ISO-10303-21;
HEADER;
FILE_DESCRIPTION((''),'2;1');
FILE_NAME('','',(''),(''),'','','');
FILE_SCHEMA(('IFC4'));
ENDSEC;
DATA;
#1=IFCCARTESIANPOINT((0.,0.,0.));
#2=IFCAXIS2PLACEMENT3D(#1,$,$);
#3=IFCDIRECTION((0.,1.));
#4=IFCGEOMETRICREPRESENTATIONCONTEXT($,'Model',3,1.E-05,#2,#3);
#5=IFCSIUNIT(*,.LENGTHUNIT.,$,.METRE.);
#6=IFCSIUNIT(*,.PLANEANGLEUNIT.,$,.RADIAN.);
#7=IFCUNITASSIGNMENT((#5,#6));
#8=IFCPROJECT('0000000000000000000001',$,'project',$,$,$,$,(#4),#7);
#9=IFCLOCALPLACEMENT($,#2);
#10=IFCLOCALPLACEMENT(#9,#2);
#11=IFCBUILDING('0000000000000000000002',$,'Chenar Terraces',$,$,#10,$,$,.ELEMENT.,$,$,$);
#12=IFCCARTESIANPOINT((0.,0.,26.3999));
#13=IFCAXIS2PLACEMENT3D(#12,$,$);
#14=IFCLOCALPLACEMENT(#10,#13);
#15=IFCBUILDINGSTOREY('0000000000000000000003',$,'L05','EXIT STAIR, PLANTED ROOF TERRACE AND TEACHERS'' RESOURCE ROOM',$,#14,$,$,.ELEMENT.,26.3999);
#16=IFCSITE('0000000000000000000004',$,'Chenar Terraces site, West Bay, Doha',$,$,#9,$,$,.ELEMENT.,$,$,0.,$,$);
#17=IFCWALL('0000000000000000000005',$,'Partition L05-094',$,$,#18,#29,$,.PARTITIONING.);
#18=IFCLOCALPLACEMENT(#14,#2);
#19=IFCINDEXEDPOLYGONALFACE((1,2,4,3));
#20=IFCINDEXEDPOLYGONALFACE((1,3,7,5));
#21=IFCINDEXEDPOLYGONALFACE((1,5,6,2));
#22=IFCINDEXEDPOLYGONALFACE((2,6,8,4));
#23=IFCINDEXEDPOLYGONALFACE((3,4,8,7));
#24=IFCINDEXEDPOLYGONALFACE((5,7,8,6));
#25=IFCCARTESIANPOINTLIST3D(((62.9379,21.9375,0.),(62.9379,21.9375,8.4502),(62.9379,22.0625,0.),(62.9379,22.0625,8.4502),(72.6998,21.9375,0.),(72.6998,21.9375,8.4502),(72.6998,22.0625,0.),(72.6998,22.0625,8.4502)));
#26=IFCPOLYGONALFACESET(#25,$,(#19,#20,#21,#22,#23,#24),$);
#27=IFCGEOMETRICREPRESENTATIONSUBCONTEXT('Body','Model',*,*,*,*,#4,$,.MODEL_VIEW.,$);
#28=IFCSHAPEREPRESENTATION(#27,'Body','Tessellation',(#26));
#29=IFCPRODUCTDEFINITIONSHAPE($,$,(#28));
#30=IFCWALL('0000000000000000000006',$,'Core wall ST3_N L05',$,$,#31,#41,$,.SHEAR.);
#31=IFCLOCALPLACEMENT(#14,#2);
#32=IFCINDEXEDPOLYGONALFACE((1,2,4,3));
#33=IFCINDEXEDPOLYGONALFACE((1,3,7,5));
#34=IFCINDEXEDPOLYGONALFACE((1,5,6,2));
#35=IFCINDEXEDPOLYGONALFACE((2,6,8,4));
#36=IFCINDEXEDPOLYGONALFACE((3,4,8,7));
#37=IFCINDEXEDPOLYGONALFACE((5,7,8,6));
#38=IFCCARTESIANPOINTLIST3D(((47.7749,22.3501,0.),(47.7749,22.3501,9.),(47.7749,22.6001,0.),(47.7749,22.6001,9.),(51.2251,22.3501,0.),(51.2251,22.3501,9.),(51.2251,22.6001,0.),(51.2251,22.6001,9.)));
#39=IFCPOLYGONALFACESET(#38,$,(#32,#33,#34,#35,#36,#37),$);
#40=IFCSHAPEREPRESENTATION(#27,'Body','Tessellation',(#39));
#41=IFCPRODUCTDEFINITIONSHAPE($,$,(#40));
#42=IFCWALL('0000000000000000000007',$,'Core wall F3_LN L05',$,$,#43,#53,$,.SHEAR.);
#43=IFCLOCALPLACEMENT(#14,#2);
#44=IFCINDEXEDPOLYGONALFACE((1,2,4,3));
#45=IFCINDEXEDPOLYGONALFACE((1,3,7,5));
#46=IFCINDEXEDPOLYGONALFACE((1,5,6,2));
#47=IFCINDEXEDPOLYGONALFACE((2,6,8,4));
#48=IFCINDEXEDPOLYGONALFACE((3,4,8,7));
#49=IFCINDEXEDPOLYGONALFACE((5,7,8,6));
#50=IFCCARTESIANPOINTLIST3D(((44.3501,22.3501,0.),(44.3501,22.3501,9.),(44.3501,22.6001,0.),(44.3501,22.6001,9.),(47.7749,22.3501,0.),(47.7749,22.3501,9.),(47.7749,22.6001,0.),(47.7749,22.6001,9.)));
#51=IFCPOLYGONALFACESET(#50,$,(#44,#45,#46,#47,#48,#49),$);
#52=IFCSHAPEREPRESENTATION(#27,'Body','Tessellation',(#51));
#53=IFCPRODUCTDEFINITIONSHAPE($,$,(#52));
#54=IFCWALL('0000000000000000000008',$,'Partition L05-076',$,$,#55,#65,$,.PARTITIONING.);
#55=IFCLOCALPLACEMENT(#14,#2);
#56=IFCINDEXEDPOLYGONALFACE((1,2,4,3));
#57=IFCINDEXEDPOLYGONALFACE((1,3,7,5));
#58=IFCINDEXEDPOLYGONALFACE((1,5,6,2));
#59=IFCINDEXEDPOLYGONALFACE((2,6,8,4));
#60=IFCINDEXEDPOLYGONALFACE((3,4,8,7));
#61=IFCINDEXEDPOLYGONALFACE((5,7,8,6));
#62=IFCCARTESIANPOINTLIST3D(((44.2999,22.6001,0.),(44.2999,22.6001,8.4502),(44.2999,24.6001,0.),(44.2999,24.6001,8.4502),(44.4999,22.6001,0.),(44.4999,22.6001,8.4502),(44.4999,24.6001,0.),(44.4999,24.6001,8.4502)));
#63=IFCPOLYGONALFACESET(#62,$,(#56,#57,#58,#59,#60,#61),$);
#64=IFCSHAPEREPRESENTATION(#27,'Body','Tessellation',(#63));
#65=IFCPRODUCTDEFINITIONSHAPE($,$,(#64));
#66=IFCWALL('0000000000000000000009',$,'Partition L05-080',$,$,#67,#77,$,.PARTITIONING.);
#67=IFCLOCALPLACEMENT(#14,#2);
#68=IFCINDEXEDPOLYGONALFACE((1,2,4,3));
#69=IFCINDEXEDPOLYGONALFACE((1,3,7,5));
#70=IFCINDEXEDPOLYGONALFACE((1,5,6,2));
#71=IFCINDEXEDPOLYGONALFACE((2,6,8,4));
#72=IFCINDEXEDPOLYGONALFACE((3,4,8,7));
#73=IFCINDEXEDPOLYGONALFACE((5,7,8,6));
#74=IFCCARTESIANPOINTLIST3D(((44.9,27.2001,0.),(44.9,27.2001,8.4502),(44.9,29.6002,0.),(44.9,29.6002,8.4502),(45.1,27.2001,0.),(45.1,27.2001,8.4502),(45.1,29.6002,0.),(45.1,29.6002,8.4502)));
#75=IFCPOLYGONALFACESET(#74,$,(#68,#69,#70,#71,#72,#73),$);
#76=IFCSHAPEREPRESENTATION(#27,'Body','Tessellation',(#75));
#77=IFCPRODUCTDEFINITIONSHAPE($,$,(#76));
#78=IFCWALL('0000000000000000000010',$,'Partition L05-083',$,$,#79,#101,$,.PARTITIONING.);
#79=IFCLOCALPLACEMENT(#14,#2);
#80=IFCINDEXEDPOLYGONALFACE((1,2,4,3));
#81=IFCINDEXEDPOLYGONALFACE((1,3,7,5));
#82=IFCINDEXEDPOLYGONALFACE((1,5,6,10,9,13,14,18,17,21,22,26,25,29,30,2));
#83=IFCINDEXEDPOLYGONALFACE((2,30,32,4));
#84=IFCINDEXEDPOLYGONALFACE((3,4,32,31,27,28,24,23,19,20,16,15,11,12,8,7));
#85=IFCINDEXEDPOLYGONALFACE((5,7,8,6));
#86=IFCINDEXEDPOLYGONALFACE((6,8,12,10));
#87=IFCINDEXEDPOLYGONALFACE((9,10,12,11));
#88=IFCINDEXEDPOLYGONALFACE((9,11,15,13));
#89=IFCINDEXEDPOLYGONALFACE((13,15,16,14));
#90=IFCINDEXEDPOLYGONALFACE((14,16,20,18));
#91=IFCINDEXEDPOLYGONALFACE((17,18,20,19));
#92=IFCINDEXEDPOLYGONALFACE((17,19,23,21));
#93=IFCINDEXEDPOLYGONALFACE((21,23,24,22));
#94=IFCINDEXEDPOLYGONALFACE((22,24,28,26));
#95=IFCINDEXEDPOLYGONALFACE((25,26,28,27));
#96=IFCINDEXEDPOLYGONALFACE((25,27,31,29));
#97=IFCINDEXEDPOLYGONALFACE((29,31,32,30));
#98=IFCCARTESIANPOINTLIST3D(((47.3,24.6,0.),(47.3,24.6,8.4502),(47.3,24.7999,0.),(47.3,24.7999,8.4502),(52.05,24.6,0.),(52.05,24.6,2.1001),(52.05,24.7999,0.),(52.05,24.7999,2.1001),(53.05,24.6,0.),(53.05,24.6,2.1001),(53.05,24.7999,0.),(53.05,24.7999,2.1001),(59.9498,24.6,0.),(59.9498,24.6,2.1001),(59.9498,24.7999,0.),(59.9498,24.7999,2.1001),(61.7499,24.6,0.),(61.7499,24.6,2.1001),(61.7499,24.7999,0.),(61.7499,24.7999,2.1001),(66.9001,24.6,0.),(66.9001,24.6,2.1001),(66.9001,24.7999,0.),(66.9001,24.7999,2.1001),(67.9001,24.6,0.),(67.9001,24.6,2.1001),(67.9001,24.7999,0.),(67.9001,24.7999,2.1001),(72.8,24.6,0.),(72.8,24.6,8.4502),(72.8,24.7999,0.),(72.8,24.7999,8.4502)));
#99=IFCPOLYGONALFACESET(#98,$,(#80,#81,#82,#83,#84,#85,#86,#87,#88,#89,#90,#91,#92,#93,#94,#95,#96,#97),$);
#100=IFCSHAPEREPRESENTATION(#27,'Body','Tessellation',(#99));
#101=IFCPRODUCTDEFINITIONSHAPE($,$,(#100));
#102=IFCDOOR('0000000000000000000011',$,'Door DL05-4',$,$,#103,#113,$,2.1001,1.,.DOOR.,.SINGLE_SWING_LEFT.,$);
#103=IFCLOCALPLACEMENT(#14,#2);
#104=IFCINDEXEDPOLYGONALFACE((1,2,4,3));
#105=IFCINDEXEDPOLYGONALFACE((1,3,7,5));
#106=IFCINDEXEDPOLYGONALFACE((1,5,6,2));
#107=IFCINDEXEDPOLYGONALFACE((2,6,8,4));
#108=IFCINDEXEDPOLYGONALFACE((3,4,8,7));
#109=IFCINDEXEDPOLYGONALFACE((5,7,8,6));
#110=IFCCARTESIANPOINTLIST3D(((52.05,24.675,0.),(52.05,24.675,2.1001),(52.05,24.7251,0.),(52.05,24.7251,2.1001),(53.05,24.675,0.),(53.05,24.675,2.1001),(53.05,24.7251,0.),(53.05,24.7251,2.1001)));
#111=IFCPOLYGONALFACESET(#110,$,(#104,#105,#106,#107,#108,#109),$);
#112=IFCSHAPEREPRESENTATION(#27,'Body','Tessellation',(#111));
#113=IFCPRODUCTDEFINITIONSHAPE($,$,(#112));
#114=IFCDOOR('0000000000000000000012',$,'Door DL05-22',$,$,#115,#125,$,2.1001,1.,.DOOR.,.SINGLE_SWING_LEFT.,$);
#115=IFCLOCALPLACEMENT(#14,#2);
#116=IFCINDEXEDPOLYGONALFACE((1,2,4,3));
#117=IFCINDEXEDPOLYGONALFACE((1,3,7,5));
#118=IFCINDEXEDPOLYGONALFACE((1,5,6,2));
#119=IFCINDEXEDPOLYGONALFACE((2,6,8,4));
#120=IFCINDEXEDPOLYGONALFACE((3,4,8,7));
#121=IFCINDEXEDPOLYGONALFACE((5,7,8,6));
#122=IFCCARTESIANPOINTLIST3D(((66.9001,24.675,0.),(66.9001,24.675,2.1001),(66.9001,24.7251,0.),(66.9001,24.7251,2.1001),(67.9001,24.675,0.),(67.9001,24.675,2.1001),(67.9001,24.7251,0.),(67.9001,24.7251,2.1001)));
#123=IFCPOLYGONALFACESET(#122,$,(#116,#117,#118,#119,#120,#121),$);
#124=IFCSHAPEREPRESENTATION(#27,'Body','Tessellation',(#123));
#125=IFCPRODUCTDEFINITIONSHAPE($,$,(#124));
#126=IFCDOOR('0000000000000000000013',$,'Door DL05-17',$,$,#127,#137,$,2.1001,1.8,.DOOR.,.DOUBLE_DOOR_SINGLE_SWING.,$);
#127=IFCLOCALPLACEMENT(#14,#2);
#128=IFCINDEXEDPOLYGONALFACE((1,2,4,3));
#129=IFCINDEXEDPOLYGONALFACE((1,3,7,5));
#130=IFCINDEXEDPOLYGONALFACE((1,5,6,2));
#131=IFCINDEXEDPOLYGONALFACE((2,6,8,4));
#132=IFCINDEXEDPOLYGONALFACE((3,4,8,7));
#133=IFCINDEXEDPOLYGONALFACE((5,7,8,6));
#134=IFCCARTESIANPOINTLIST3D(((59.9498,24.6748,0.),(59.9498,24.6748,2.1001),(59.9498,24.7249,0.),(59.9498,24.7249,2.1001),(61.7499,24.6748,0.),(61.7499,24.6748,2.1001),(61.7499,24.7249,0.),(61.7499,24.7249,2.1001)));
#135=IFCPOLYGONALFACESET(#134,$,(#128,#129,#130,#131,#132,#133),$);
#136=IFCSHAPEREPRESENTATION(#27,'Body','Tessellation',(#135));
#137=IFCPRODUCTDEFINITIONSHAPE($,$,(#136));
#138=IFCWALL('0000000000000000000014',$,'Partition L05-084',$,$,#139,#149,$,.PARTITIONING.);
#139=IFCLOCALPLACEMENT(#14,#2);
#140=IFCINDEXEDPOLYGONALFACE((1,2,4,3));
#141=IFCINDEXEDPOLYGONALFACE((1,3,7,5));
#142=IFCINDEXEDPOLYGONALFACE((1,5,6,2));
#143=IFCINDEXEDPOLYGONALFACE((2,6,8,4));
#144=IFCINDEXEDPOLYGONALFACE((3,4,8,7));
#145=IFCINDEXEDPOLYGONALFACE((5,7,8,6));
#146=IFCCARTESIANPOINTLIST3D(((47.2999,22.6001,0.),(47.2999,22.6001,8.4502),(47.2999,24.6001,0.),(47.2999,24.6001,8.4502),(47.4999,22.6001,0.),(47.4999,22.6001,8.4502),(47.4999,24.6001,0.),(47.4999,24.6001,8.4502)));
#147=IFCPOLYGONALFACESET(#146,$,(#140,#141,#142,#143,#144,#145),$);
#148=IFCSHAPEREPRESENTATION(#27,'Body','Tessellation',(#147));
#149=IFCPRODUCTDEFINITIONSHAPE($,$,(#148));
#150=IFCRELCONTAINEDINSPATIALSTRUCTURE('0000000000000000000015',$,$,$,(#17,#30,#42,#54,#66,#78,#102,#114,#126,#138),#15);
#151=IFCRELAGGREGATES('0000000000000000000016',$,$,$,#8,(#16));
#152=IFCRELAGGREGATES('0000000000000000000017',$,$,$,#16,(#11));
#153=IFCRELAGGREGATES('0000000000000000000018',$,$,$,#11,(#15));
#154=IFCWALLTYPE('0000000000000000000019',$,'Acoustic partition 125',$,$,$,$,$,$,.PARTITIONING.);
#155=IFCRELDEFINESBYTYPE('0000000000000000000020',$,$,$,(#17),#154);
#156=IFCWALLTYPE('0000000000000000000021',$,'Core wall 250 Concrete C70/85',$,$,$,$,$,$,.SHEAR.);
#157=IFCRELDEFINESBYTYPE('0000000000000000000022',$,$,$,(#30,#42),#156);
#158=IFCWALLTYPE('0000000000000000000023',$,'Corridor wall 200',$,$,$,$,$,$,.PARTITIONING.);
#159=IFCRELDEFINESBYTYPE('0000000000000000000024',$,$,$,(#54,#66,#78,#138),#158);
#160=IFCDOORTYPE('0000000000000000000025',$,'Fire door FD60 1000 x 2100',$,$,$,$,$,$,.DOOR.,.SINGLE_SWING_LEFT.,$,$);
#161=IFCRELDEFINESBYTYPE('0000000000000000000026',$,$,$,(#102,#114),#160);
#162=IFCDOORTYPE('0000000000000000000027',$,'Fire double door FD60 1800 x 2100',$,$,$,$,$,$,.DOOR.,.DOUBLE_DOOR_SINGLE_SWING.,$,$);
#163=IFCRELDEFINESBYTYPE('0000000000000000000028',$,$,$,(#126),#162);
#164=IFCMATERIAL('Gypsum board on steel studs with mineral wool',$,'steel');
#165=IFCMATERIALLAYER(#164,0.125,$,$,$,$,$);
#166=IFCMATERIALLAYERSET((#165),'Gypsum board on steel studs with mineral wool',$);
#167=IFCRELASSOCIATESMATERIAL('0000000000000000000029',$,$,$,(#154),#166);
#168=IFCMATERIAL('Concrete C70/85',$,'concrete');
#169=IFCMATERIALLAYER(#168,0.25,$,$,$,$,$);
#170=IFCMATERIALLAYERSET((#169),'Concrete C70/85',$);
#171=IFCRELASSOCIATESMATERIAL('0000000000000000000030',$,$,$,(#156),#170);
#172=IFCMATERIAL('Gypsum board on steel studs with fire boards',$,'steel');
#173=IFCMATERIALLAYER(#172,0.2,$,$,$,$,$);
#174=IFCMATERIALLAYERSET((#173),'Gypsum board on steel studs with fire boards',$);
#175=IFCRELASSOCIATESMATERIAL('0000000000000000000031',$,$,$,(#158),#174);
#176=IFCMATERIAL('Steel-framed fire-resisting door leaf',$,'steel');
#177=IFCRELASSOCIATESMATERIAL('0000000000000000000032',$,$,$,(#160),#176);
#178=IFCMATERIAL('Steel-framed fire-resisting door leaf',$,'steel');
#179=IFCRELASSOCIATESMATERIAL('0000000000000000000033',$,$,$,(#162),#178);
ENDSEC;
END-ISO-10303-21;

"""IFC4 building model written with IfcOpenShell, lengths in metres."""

from ifc_helpers import new_model, si_unit, direction, frame, frame_2d, origin, place, context, subcontext, project, spatial, rectangle, extrude, material, layer, layer_set, type_object, element, fill, save


model = new_model("IFC4")

# Units and contexts
model_context = context("Model", 3, precision=1e-05, world=origin(), true_north=direction((0.0, 1.0)))
body_context = subcontext(model_context, "Body", "Model", "MODEL_VIEW")
ifc_project = project(units=[si_unit("LENGTHUNIT", "METRE"), si_unit("PLANEANGLEUNIT", "RADIAN")], contexts=[model_context])

# Site, building, storey
site_placement = place(None, origin())
site = spatial("IfcSite", under=ifc_project, at=site_placement, Name="Chenar Terraces site, West Bay, Doha", CompositionType="ELEMENT", RefElevation=0.0)
building_placement = place(site_placement, origin())
building = spatial("IfcBuilding", under=site, at=building_placement, Name="Chenar Terraces", CompositionType="ELEMENT")
storey_placement = place(building_placement, frame((0.0, 0.0, 26.3999)))
storey = spatial("IfcBuildingStorey", under=building, at=storey_placement, Name="L05", Description="EXIT STAIR, PLANTED ROOF TERRACE AND TEACHERS' RESOURCE ROOM", CompositionType="ELEMENT", Elevation=26.3999)

# Walls
ifc_material_1 = material(Name="Gypsum board on steel studs with mineral wool", Category="steel")
ifc_layer_1 = layer(ifc_material_1, 0.125)
ifc_layer_set_1 = layer_set([ifc_layer_1], Name="Gypsum board on steel studs with mineral wool")
wall_type_1 = type_object("IfcWallType", Name="Acoustic partition 125", PredefinedType="PARTITIONING", material=ifc_layer_set_1)
wall_1_placement = place(storey_placement, frame((62.938, 22.0, 0.0), z_axis=(0.0, 0.0, 1.0), x_axis=(1.0, 0.0, 0.0)))
element("IfcWall", 1, at=wall_1_placement, inside=storey, type_object=wall_type_1, Name="Partition L05-094", PredefinedType="PARTITIONING", context=body_context, shape_type="SweptSolid", body=[
    extrude(rectangle(XDim=9.762, YDim=0.125, at=frame_2d((4.8809, 0.0))), origin(), (0.0, 0.0, 1.0), 8.4502),
])
ifc_material_2 = material(Name="Concrete C70/85", Category="concrete")
ifc_layer_2 = layer(ifc_material_2, 0.25)
ifc_layer_set_2 = layer_set([ifc_layer_2], Name="Concrete C70/85")
wall_type_2 = type_object("IfcWallType", Name="Core wall 250 Concrete C70/85", PredefinedType="SHEAR", material=ifc_layer_set_2)
wall_2_placement = place(storey_placement, frame((47.7749, 22.4751, 0.0), z_axis=(0.0, 0.0, 1.0), x_axis=(1.0, 0.0, 0.0)))
element("IfcWall", 2, at=wall_2_placement, inside=storey, type_object=wall_type_2, Name="Core wall ST3_N L05", PredefinedType="SHEAR", context=body_context, shape_type="SweptSolid", body=[
    extrude(rectangle(XDim=3.4502, YDim=0.25, at=frame_2d((1.7251, 0.0))), origin(), (0.0, 0.0, 1.0), 9.0),
])
wall_3_placement = place(storey_placement, frame((44.3501, 22.4751, 0.0), z_axis=(0.0, 0.0, 1.0), x_axis=(1.0, 0.0, 0.0)))
element("IfcWall", 3, at=wall_3_placement, inside=storey, type_object=wall_type_2, Name="Core wall F3_LN L05", PredefinedType="SHEAR", context=body_context, shape_type="SweptSolid", body=[
    extrude(rectangle(XDim=3.4248, YDim=0.25, at=frame_2d((1.7124, 0.0))), origin(), (0.0, 0.0, 1.0), 9.0),
])
ifc_material_3 = material(Name="Gypsum board on steel studs with fire boards", Category="steel")
ifc_layer_3 = layer(ifc_material_3, 0.2)
ifc_layer_set_3 = layer_set([ifc_layer_3], Name="Gypsum board on steel studs with fire boards")
wall_type_3 = type_object("IfcWallType", Name="Corridor wall 200", PredefinedType="PARTITIONING", material=ifc_layer_set_3)
wall_4_placement = place(storey_placement, frame((44.3999, 22.6001, 0.0), z_axis=(0.0, 0.0, 1.0), x_axis=(0.0, 1.0, 0.0)))
element("IfcWall", 4, at=wall_4_placement, inside=storey, type_object=wall_type_3, Name="Partition L05-076", PredefinedType="PARTITIONING", context=body_context, shape_type="SweptSolid", body=[
    extrude(rectangle(XDim=2.0, YDim=0.2, at=frame_2d((1.0, 0.0))), origin(), (0.0, 0.0, 1.0), 8.4502),
])
wall_5_placement = place(storey_placement, frame((45.0, 27.2, 0.0), z_axis=(0.0, 0.0, 1.0), x_axis=(0.0, 1.0, 0.0)))
element("IfcWall", 5, at=wall_5_placement, inside=storey, type_object=wall_type_3, Name="Partition L05-080", PredefinedType="PARTITIONING", context=body_context, shape_type="SweptSolid", body=[
    extrude(rectangle(XDim=2.4001, YDim=0.2, at=frame_2d((1.2002, 0.0))), origin(), (0.0, 0.0, 1.0), 8.4502),
])

# Wall, openings, doors
wall_6_placement = place(storey_placement, frame((47.3, 24.7, 0.0), z_axis=(0.0, 0.0, 1.0), x_axis=(1.0, 0.0, 0.0)))
wall_6 = element("IfcWall", 6, at=wall_6_placement, inside=storey, type_object=wall_type_3, Name="Partition L05-083", PredefinedType="PARTITIONING", context=body_context, shape_type="SweptSolid", body=[
    extrude(rectangle(XDim=25.5, YDim=0.2, at=frame_2d((12.75, 0.0))), origin(), (0.0, 0.0, 1.0), 8.4502),
])
opening_1_placement = place(wall_6_placement, frame((4.75, 0.0, 0.0)))
opening_1 = element("IfcOpeningElement", 7, at=opening_1_placement, cuts=wall_6, PredefinedType="OPENING", context=body_context, shape_type="SweptSolid", body=[
    extrude(rectangle(XDim=1.0, YDim=2.1001, at=frame_2d((0.5, 1.05))), frame((0.0, 0.1099, 0.0), z_axis=(0.0, -1.0, 0.0), x_axis=(1.0, 0.0, 0.0)), (0.0, 0.0, 1.0), 0.22),
])
opening_2_placement = place(wall_6_placement, frame((12.6499, 0.0, 0.0)))
opening_2 = element("IfcOpeningElement", 8, at=opening_2_placement, cuts=wall_6, PredefinedType="OPENING", context=body_context, shape_type="SweptSolid", body=[
    extrude(rectangle(XDim=1.8, YDim=2.1001, at=frame_2d((0.8999, 1.05))), frame((0.0, 0.1099, 0.0), z_axis=(0.0, -1.0, 0.0), x_axis=(1.0, 0.0, 0.0)), (0.0, 0.0, 1.0), 0.22),
])
opening_3_placement = place(wall_6_placement, frame((19.6001, 0.0, 0.0)))
opening_3 = element("IfcOpeningElement", 9, at=opening_3_placement, cuts=wall_6, PredefinedType="OPENING", context=body_context, shape_type="SweptSolid", body=[
    extrude(rectangle(XDim=1.0, YDim=2.1001, at=frame_2d((0.5, 1.05))), frame((0.0, 0.1099, 0.0), z_axis=(0.0, -1.0, 0.0), x_axis=(1.0, 0.0, 0.0)), (0.0, 0.0, 1.0), 0.22),
])
ifc_material_4 = material(Name="Steel-framed fire-resisting door leaf", Category="steel")
door_type_1 = type_object("IfcDoorType", Name="Fire door FD60 1000 x 2100", OperationType="SINGLE_SWING_LEFT", PredefinedType="DOOR", material=ifc_material_4)
door_1_placement = place(opening_1_placement, frame((1.0, 0.0, 0.0), z_axis=(0.0, 0.0, 1.0), x_axis=(-1.0, 0.0, 0.0)))
door_1 = element("IfcDoor", 10, at=door_1_placement, inside=storey, type_object=door_type_1, Name="Door DL05-4", OperationType="SINGLE_SWING_LEFT", OverallHeight=2.1001, OverallWidth=1.0, PredefinedType="DOOR", context=body_context, shape_type="SweptSolid", body=[
    extrude(rectangle(XDim=1.0, YDim=2.1001, at=frame_2d((0.5, 1.05))), frame((0.0, 0.0249, 0.0), z_axis=(0.0, -1.0, 0.0), x_axis=(1.0, 0.0, 0.0)), (0.0, 0.0, 1.0), 0.05),
])
fill(opening_1, door_1)
door_2_placement = place(opening_3_placement, frame((1.0, 0.0, 0.0), z_axis=(0.0, 0.0, 1.0), x_axis=(-1.0, 0.0, 0.0)))
door_2 = element("IfcDoor", 11, at=door_2_placement, inside=storey, type_object=door_type_1, Name="Door DL05-22", OperationType="SINGLE_SWING_LEFT", OverallHeight=2.1001, OverallWidth=1.0, PredefinedType="DOOR", context=body_context, shape_type="SweptSolid", body=[
    extrude(rectangle(XDim=1.0, YDim=2.1001, at=frame_2d((0.5, 1.05))), frame((0.0, 0.0249, 0.0), z_axis=(0.0, -1.0, 0.0), x_axis=(1.0, 0.0, 0.0)), (0.0, 0.0, 1.0), 0.05),
])
fill(opening_3, door_2)
ifc_material_5 = material(Name="Steel-framed fire-resisting door leaf", Category="steel")
door_type_2 = type_object("IfcDoorType", Name="Fire double door FD60 1800 x 2100", OperationType="DOUBLE_DOOR_SINGLE_SWING", PredefinedType="DOOR", material=ifc_material_5)
door_3_placement = place(opening_2_placement, origin())
door_3 = element("IfcDoor", 12, at=door_3_placement, inside=storey, type_object=door_type_2, Name="Door DL05-17", OperationType="DOUBLE_DOOR_SINGLE_SWING", OverallHeight=2.1001, OverallWidth=1.8, PredefinedType="DOOR", context=body_context, shape_type="SweptSolid", body=[
    extrude(rectangle(XDim=1.8, YDim=2.1001, at=frame_2d((0.8999, 1.05))), frame((0.0, 0.0249, 0.0), z_axis=(0.0, -1.0, 0.0), x_axis=(1.0, 0.0, 0.0)), (0.0, 0.0, 1.0), 0.05),
])
fill(opening_2, door_3)

# Wall
wall_7_placement = place(storey_placement, frame((47.3999, 22.6001, 0.0), z_axis=(0.0, 0.0, 1.0), x_axis=(0.0, 1.0, 0.0)))
element("IfcWall", 13, at=wall_7_placement, inside=storey, type_object=wall_type_3, Name="Partition L05-084", PredefinedType="PARTITIONING", context=body_context, shape_type="SweptSolid", body=[
    extrude(rectangle(XDim=2.0, YDim=0.2, at=frame_2d((1.0, 0.0))), origin(), (0.0, 0.0, 1.0), 8.4502),
])

save(model, "model.ifc")
